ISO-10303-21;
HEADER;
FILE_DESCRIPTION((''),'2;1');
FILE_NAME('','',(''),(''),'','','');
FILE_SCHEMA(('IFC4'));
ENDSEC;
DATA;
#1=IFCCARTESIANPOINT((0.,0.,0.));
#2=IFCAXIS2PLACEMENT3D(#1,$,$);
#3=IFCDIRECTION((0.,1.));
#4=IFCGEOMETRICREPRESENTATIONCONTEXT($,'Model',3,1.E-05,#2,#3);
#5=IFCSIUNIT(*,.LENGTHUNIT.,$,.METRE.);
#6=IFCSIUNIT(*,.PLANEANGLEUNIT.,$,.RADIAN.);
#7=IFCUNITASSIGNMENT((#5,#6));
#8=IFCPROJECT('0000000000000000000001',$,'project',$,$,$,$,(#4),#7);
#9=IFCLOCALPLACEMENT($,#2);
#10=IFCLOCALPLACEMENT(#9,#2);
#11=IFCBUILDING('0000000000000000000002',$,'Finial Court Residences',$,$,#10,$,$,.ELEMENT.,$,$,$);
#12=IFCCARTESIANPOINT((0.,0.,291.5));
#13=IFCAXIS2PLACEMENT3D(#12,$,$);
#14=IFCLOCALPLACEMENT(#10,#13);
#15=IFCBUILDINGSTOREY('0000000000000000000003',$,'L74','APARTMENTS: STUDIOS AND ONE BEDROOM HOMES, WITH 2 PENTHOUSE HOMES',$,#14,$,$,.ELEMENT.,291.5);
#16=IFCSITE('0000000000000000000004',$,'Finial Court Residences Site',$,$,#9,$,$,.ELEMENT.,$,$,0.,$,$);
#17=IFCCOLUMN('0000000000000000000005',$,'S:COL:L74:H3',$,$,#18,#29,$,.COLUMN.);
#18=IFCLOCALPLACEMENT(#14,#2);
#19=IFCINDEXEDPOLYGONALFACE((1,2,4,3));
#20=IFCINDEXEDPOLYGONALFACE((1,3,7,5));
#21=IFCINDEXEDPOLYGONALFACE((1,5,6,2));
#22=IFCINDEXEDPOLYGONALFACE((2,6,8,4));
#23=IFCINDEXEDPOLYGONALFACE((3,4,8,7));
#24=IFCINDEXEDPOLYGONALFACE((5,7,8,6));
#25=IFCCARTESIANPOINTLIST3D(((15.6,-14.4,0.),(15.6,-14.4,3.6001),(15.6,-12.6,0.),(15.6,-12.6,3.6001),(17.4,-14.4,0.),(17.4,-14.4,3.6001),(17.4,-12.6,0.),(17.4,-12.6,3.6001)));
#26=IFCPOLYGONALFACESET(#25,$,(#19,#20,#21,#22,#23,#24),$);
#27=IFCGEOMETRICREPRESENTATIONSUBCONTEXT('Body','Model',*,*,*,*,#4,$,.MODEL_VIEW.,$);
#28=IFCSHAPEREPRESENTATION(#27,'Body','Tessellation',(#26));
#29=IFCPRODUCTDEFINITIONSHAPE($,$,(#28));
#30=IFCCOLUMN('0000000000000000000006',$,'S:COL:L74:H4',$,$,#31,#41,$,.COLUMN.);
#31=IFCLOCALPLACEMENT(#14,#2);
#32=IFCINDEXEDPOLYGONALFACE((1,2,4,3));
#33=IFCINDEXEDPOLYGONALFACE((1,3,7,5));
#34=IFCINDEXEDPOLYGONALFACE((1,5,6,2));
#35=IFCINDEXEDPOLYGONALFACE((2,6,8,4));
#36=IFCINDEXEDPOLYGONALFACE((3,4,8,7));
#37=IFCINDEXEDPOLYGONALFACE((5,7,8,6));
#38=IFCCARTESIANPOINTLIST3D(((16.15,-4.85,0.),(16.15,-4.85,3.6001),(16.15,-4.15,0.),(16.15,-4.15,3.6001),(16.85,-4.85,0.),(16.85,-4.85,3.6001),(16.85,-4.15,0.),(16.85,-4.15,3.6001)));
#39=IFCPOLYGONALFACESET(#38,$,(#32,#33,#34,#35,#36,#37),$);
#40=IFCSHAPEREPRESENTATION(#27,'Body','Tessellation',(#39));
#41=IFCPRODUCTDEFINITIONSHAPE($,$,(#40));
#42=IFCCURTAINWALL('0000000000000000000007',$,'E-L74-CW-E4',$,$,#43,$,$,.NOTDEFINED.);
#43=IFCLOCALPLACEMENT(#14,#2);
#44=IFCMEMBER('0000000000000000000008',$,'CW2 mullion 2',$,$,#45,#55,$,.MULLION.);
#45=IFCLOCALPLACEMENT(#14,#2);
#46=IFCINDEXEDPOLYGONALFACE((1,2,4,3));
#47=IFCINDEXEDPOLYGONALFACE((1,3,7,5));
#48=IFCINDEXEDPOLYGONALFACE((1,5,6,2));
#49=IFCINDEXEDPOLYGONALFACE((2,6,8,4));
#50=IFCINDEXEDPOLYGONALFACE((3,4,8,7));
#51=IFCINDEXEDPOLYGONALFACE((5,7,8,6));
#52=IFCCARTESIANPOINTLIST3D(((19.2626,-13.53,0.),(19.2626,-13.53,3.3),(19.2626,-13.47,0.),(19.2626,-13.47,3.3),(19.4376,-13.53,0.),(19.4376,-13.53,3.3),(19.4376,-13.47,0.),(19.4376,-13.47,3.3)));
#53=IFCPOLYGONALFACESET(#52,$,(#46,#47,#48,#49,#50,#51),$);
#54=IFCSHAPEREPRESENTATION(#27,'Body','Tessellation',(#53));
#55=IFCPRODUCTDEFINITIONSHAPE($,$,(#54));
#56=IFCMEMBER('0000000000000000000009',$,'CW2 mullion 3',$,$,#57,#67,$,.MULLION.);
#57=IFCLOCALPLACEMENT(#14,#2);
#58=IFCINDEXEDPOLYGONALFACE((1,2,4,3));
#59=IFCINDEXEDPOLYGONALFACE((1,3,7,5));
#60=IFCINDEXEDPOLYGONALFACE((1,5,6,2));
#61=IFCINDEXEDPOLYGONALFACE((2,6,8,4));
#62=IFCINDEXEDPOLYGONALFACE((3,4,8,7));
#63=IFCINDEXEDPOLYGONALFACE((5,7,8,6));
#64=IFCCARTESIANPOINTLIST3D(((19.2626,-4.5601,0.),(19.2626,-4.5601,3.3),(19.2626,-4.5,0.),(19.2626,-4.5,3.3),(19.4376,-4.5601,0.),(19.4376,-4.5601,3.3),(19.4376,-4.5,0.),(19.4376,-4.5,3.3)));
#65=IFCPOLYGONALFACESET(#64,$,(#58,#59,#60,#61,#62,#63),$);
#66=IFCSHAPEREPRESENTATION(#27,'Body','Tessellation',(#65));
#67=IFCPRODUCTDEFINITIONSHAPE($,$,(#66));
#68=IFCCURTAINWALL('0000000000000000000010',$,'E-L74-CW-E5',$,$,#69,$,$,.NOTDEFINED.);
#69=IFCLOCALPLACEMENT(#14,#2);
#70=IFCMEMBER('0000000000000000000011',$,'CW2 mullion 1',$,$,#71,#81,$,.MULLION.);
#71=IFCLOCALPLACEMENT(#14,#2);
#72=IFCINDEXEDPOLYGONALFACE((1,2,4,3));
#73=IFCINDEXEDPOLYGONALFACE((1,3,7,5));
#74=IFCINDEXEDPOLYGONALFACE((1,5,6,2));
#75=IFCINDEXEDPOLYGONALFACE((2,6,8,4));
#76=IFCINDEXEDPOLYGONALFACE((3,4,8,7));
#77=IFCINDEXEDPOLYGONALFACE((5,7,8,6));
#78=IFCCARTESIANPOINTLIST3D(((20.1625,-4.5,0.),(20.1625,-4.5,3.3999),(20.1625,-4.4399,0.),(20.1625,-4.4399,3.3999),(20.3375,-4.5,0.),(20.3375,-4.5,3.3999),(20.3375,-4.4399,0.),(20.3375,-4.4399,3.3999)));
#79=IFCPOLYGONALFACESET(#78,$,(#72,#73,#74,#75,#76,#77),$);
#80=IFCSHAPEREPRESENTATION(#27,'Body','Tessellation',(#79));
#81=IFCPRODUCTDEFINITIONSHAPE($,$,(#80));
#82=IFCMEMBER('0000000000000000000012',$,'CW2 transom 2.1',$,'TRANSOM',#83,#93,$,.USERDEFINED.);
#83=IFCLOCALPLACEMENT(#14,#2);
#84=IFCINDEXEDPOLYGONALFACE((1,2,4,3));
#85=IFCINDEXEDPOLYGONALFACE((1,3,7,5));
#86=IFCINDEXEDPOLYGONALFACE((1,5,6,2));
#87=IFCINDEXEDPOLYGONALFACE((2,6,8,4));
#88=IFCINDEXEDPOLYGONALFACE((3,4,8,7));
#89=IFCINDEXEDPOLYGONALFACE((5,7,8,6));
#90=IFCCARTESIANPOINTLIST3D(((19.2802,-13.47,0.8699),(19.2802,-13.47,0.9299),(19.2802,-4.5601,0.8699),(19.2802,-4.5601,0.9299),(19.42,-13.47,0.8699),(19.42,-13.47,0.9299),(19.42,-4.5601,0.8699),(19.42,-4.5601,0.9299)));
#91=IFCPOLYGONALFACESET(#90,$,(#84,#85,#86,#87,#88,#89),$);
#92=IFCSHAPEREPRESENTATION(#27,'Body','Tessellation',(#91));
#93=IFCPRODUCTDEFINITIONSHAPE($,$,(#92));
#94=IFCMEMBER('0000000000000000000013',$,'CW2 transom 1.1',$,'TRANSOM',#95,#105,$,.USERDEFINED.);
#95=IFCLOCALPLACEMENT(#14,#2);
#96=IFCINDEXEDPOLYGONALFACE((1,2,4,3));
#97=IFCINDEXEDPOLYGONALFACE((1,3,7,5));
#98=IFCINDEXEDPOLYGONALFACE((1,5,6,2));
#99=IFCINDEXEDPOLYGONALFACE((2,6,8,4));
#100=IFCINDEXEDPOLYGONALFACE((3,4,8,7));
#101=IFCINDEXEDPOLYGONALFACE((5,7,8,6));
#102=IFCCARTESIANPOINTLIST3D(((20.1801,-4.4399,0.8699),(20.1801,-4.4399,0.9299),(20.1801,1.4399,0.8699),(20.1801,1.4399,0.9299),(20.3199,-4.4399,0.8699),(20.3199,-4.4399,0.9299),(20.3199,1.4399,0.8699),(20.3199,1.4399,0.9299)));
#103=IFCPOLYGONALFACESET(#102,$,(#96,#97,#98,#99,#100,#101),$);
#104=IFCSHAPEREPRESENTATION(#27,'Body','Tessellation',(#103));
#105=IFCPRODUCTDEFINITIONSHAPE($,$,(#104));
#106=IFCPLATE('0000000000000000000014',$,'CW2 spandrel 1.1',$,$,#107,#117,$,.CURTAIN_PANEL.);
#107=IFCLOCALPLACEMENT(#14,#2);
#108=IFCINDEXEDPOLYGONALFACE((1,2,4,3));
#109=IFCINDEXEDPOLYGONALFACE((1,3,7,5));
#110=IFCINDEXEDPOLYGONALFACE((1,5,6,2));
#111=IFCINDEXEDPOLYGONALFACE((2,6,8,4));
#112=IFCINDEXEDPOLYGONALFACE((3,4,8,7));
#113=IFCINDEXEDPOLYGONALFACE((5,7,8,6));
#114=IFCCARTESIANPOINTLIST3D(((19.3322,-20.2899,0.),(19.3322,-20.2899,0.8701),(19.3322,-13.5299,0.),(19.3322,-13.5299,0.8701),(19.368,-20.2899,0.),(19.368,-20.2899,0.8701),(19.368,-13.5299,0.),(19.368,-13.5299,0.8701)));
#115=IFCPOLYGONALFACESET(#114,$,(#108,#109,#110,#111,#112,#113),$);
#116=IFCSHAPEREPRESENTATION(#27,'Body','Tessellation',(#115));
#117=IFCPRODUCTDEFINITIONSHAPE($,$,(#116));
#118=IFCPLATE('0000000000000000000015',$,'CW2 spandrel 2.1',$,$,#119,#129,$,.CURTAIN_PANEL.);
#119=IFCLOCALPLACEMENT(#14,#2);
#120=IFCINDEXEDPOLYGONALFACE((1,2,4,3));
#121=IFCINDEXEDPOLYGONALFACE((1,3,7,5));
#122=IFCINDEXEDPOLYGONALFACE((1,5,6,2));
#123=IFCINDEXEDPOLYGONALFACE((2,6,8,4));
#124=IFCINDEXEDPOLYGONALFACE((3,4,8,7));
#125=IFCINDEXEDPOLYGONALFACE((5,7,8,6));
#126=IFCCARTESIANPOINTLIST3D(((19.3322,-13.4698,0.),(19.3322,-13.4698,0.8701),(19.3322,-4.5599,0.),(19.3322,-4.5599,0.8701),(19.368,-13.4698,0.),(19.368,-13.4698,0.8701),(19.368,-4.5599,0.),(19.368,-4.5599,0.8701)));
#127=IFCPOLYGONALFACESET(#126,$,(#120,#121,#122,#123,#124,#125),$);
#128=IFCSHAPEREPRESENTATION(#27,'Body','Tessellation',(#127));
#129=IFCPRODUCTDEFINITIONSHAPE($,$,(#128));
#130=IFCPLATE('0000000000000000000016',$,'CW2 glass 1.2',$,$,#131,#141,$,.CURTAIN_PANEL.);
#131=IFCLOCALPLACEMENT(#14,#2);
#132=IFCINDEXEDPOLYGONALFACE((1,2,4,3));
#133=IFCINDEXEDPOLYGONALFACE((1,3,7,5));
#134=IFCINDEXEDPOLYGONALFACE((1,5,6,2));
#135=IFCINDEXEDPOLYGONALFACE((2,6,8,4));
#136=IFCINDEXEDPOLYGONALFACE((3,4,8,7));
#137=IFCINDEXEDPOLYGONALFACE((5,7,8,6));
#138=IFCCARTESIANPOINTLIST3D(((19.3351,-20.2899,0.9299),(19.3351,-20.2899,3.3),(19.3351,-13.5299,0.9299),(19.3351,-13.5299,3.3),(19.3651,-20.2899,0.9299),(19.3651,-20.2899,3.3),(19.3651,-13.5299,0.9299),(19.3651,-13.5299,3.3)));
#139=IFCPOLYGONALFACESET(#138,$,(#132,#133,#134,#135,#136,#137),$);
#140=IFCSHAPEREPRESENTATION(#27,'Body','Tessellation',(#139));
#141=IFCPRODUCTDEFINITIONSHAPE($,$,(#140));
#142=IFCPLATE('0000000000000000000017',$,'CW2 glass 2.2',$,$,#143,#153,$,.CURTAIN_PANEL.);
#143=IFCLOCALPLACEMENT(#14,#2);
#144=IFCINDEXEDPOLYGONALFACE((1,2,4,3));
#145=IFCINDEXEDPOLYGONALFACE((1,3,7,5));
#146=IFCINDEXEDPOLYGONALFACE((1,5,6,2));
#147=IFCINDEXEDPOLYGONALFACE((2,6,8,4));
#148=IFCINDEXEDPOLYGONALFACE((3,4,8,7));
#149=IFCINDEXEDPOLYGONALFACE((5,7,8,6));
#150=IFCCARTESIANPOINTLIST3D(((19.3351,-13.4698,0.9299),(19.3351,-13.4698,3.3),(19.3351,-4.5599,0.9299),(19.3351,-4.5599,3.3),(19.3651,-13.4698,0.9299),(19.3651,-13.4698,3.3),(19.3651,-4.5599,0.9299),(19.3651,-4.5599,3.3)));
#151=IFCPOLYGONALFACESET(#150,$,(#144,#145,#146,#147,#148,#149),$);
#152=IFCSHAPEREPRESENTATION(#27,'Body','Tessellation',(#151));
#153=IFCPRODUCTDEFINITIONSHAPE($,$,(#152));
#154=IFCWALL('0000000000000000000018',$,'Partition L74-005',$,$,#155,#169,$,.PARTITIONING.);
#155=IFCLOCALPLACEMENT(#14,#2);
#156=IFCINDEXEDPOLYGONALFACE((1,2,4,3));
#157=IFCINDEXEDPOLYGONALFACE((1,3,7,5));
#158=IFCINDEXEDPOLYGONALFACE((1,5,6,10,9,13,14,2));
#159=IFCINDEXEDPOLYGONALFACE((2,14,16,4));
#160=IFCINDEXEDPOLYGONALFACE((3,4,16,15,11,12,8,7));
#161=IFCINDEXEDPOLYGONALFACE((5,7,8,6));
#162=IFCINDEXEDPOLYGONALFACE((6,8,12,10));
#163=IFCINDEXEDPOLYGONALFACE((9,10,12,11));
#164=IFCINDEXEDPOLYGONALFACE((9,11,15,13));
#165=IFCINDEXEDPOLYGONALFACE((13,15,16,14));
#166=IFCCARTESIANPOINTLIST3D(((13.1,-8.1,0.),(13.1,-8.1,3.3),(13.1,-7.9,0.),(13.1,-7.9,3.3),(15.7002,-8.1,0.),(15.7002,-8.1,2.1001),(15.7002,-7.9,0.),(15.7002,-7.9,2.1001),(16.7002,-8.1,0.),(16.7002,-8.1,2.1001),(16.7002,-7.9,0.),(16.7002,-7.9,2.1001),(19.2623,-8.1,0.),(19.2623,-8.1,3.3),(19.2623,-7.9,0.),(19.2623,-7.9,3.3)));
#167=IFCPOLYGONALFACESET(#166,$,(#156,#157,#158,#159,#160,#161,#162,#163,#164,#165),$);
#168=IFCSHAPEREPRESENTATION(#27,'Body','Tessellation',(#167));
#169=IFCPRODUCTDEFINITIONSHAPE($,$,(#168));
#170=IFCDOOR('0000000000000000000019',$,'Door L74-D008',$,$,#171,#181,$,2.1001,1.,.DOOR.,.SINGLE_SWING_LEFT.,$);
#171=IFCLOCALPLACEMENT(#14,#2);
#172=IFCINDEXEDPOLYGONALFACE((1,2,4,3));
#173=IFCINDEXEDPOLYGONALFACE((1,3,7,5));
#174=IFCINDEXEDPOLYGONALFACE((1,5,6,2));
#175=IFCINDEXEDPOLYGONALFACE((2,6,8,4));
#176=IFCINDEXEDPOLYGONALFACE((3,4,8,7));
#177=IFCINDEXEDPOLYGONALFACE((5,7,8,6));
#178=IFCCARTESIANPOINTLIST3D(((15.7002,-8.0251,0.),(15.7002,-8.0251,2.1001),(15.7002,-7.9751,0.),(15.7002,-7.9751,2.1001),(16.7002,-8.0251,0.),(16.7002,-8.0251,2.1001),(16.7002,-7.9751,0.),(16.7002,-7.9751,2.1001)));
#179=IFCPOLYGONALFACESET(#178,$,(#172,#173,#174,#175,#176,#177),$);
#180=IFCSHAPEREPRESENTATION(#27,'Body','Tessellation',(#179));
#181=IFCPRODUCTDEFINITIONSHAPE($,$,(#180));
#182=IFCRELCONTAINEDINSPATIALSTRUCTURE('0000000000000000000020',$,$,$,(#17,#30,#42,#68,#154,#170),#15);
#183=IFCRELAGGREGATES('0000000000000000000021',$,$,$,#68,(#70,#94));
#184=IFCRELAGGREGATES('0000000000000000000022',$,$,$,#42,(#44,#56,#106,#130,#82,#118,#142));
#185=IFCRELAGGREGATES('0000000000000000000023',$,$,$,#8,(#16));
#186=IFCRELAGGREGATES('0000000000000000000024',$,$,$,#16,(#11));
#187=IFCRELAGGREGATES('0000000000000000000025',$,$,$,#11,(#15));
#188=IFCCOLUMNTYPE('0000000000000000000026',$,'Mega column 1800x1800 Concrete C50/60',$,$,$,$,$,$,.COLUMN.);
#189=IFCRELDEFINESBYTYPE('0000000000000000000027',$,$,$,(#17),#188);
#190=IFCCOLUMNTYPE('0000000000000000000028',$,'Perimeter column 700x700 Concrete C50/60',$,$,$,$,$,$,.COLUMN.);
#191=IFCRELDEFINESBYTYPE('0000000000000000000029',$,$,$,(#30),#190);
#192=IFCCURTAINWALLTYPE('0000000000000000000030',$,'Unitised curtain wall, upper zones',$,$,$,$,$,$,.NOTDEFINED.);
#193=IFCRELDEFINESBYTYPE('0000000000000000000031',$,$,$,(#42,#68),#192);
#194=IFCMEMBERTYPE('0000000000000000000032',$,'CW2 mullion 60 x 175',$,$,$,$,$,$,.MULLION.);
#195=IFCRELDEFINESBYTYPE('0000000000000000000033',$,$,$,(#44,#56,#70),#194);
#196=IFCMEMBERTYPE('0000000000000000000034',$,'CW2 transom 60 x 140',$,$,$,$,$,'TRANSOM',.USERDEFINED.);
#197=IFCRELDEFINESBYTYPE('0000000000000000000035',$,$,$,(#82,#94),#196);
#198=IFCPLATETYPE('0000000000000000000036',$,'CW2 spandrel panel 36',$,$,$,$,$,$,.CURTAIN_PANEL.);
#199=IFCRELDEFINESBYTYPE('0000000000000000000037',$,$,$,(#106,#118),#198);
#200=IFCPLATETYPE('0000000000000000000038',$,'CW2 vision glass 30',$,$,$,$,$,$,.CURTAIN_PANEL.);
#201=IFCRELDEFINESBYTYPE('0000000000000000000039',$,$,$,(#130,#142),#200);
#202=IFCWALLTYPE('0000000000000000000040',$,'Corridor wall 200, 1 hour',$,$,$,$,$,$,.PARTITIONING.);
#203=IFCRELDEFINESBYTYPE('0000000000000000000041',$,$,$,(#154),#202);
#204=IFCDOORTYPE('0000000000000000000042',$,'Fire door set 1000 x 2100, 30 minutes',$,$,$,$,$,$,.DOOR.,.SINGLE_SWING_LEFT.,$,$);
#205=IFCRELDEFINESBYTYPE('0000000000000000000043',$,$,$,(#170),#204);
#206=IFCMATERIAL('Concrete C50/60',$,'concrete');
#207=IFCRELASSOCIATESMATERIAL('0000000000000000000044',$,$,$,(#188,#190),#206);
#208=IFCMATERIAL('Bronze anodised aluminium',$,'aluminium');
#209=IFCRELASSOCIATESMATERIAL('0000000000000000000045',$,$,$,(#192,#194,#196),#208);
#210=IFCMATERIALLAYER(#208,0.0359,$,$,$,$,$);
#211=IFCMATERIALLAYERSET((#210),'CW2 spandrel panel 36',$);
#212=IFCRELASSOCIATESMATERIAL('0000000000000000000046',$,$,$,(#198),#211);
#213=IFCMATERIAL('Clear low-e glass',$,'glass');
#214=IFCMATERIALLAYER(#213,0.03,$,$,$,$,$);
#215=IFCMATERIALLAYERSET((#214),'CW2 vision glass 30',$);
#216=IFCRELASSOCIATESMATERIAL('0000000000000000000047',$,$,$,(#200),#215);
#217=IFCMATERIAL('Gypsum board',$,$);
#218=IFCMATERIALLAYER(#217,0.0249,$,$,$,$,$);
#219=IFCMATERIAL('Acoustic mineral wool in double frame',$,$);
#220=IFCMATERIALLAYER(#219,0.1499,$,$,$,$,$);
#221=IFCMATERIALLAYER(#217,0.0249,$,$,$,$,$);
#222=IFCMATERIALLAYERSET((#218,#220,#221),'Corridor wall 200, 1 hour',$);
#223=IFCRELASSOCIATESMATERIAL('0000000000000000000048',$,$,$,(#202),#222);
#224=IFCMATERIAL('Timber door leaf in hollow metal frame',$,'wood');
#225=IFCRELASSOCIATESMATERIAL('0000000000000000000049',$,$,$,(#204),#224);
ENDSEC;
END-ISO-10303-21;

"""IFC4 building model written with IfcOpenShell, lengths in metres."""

from ifc_helpers import new_model, si_unit, direction, frame, frame_2d, origin, origin_2d, place, context, subcontext, project, spatial, rectangle, extrude, material, layer, layer_set, material_profile, profile_set, type_object, element, fill, aggregate, save


model = new_model("IFC4")

# Units and contexts
model_context = context("Model", 3, precision=1e-05, world=origin(), true_north=direction((0.0, 1.0)))
body_context = subcontext(model_context, "Body", "Model", "MODEL_VIEW")
ifc_project = project(units=[si_unit("LENGTHUNIT", "METRE"), si_unit("PLANEANGLEUNIT", "RADIAN")], contexts=[model_context])

# Site, building, storey
site_placement = place(None, origin())
site = spatial("IfcSite", under=ifc_project, at=site_placement, Name="Finial Court Residences Site", CompositionType="ELEMENT", RefElevation=0.0)
building_placement = place(site_placement, origin())
building = spatial("IfcBuilding", under=site, at=building_placement, Name="Finial Court Residences", CompositionType="ELEMENT")
storey_placement = place(building_placement, frame((0.0, 0.0, 291.5)))
storey = spatial("IfcBuildingStorey", under=building, at=storey_placement, Name="L74", Description="APARTMENTS: STUDIOS AND ONE BEDROOM HOMES, WITH 2 PENTHOUSE HOMES", CompositionType="ELEMENT", Elevation=291.5)

# Columns
ifc_material_1 = material(Name="Concrete C50/60", Category="concrete")
ifc_material_profile_1 = material_profile(ifc_material_1, rectangle(XDim=1.8, YDim=1.8, at=origin_2d()), Name="1800x1800")
ifc_profile_set_1 = profile_set([ifc_material_profile_1], Name="Concrete C50/60")
column_type_1 = type_object("IfcColumnType", Name="Mega column 1800x1800 Concrete C50/60", PredefinedType="COLUMN", material=ifc_profile_set_1)
column_1_placement = place(storey_placement, frame((16.5, -13.5, 0.0), z_axis=(0.0, 0.0, 1.0), x_axis=(1.0, 0.0, 0.0)))
element("IfcColumn", 1, at=column_1_placement, inside=storey, type_object=column_type_1, Name="S:COL:L74:H3", PredefinedType="COLUMN", context=body_context, shape_type="SweptSolid", body=[
    extrude(rectangle(XDim=1.8, YDim=1.8, at=origin_2d()), origin(), (0.0, 0.0, 1.0), 3.6001),
])
ifc_material_profile_2 = material_profile(ifc_material_1, rectangle(XDim=0.7, YDim=0.7, at=origin_2d()), Name="700x700")
ifc_profile_set_2 = profile_set([ifc_material_profile_2], Name="Concrete C50/60")
column_type_2 = type_object("IfcColumnType", Name="Perimeter column 700x700 Concrete C50/60", PredefinedType="COLUMN", material=ifc_profile_set_2)
column_2_placement = place(storey_placement, frame((16.5, -4.5, 0.0), z_axis=(0.0, 0.0, 1.0), x_axis=(1.0, 0.0, 0.0)))
element("IfcColumn", 2, at=column_2_placement, inside=storey, type_object=column_type_2, Name="S:COL:L74:H4", PredefinedType="COLUMN", context=body_context, shape_type="SweptSolid", body=[
    extrude(rectangle(XDim=0.7, YDim=0.7, at=origin_2d()), origin(), (0.0, 0.0, 1.0), 3.6001),
])

# Curtain wall, members
ifc_material_2 = material(Name="Bronze anodised aluminium", Category="aluminium")
curtain_wall_type = type_object("IfcCurtainWallType", Name="Unitised curtain wall, upper zones", PredefinedType="NOTDEFINED", material=ifc_material_2)
curtain_wall_1_placement = place(storey_placement, origin())
curtain_wall_1 = element("IfcCurtainWall", 3, at=curtain_wall_1_placement, inside=storey, type_object=curtain_wall_type, Name="E-L74-CW-E4", PredefinedType="NOTDEFINED")
ifc_material_profile_3 = material_profile(ifc_material_2, rectangle(XDim=0.175, YDim=0.0601, at=origin_2d()), Name="CW2 mullion 60 x 175")
ifc_profile_set_3 = profile_set([ifc_material_profile_3], Name="Bronze anodised aluminium")
member_type_1 = type_object("IfcMemberType", Name="CW2 mullion 60 x 175", PredefinedType="MULLION", material=ifc_profile_set_3)
member_1_placement = place(storey_placement, frame((19.3501, -13.5, 0.0), z_axis=(0.0, 0.0, 1.0), x_axis=(-1.0, 0.0, 0.0)))
member_1 = element("IfcMember", 4, at=member_1_placement, type_object=member_type_1, Name="CW2 mullion 2", PredefinedType="MULLION", context=body_context, shape_type="SweptSolid", body=[
    extrude(rectangle(XDim=0.175, YDim=0.0601, at=origin_2d()), origin(), (0.0, 0.0, 1.0), 3.3),
])
member_2_placement = place(storey_placement, frame((19.3501, -4.53, 0.0), z_axis=(0.0, 0.0, 1.0), x_axis=(-1.0, 0.0, 0.0)))
member_2 = element("IfcMember", 5, at=member_2_placement, type_object=member_type_1, Name="CW2 mullion 3", PredefinedType="MULLION", context=body_context, shape_type="SweptSolid", body=[
    extrude(rectangle(XDim=0.175, YDim=0.0601, at=origin_2d()), origin(), (0.0, 0.0, 1.0), 3.3),
])

# Curtain wall, member
curtain_wall_2_placement = place(storey_placement, origin())
curtain_wall_2 = element("IfcCurtainWall", 6, at=curtain_wall_2_placement, inside=storey, type_object=curtain_wall_type, Name="E-L74-CW-E5", PredefinedType="NOTDEFINED")
member_3_placement = place(storey_placement, frame((20.25, -4.47, 0.0), z_axis=(0.0, 0.0, 1.0), x_axis=(-1.0, 0.0, 0.0)))
member_3 = element("IfcMember", 7, at=member_3_placement, type_object=member_type_1, Name="CW2 mullion 1", PredefinedType="MULLION", context=body_context, shape_type="SweptSolid", body=[
    extrude(rectangle(XDim=0.175, YDim=0.0601, at=origin_2d()), origin(), (0.0, 0.0, 1.0), 3.3999),
])

# Members
ifc_material_profile_4 = material_profile(ifc_material_2, rectangle(XDim=0.1399, YDim=0.0601, at=origin_2d()), Name="CW2 transom 60 x 140")
ifc_profile_set_4 = profile_set([ifc_material_profile_4], Name="Bronze anodised aluminium")
member_type_2 = type_object("IfcMemberType", Name="CW2 transom 60 x 140", ElementType="TRANSOM", PredefinedType="USERDEFINED", material=ifc_profile_set_4)
member_4_placement = place(storey_placement, frame((19.3501, -13.47, 0.8999), z_axis=(0.0, 1.0, 0.0), x_axis=(-1.0, 0.0, 0.0)))
member_4 = element("IfcMember", 8, at=member_4_placement, type_object=member_type_2, Name="CW2 transom 2.1", ObjectType="TRANSOM", PredefinedType="USERDEFINED", context=body_context, shape_type="SweptSolid", body=[
    extrude(rectangle(XDim=0.1399, YDim=0.0601, at=origin_2d()), origin(), (0.0, 0.0, 1.0), 8.9099),
])
member_5_placement = place(storey_placement, frame((20.25, -4.4399, 0.8999), z_axis=(0.0, 1.0, 0.0), x_axis=(-1.0, 0.0, 0.0)))
member_5 = element("IfcMember", 9, at=member_5_placement, type_object=member_type_2, Name="CW2 transom 1.1", ObjectType="TRANSOM", PredefinedType="USERDEFINED", context=body_context, shape_type="SweptSolid", body=[
    extrude(rectangle(XDim=0.1399, YDim=0.0601, at=origin_2d()), origin(), (0.0, 0.0, 1.0), 5.8799),
])
aggregate(curtain_wall_2, [member_3, member_5])

# Plates
ifc_layer_1 = layer(ifc_material_2, 0.0359)
ifc_layer_set_1 = layer_set([ifc_layer_1], Name="CW2 spandrel panel 36")
plate_type_1 = type_object("IfcPlateType", Name="CW2 spandrel panel 36", PredefinedType="CURTAIN_PANEL", material=ifc_layer_set_1)
plate_1_placement = place(storey_placement, frame((19.3501, -16.9099, 0.0), z_axis=(0.0, 0.0, 1.0), x_axis=(0.0, 1.0, 0.0)))
plate_1 = element("IfcPlate", 10, at=plate_1_placement, type_object=plate_type_1, Name="CW2 spandrel 1.1", PredefinedType="CURTAIN_PANEL", context=body_context, shape_type="SweptSolid", body=[
    extrude(rectangle(XDim=6.76, YDim=0.0359, at=origin_2d()), origin(), (0.0, 0.0, 1.0), 0.8701),
])
plate_2_placement = place(storey_placement, frame((19.3501, -9.0149, 0.0), z_axis=(0.0, 0.0, 1.0), x_axis=(0.0, 1.0, 0.0)))
plate_2 = element("IfcPlate", 11, at=plate_2_placement, type_object=plate_type_1, Name="CW2 spandrel 2.1", PredefinedType="CURTAIN_PANEL", context=body_context, shape_type="SweptSolid", body=[
    extrude(rectangle(XDim=8.9099, YDim=0.0359, at=origin_2d()), origin(), (0.0, 0.0, 1.0), 0.8701),
])
ifc_material_3 = material(Name="Clear low-e glass", Category="glass")
ifc_layer_2 = layer(ifc_material_3, 0.03)
ifc_layer_set_2 = layer_set([ifc_layer_2], Name="CW2 vision glass 30")
plate_type_2 = type_object("IfcPlateType", Name="CW2 vision glass 30", PredefinedType="CURTAIN_PANEL", material=ifc_layer_set_2)
plate_3_placement = place(storey_placement, frame((19.3501, -16.9099, 0.9299), z_axis=(0.0, 0.0, 1.0), x_axis=(0.0, 1.0, 0.0)))
plate_3 = element("IfcPlate", 12, at=plate_3_placement, type_object=plate_type_2, Name="CW2 glass 1.2", PredefinedType="CURTAIN_PANEL", context=body_context, shape_type="SweptSolid", body=[
    extrude(rectangle(XDim=6.76, YDim=0.03, at=origin_2d()), origin(), (0.0, 0.0, 1.0), 2.3701),
])
plate_4_placement = place(storey_placement, frame((19.3501, -9.0149, 0.9299), z_axis=(0.0, 0.0, 1.0), x_axis=(0.0, 1.0, 0.0)))
plate_4 = element("IfcPlate", 13, at=plate_4_placement, type_object=plate_type_2, Name="CW2 glass 2.2", PredefinedType="CURTAIN_PANEL", context=body_context, shape_type="SweptSolid", body=[
    extrude(rectangle(XDim=8.9099, YDim=0.03, at=origin_2d()), origin(), (0.0, 0.0, 1.0), 2.3701),
])
aggregate(curtain_wall_1, [member_1, member_2, plate_1, plate_3, member_4, plate_2, plate_4])

# Wall, opening, door
ifc_material_4 = material(Name="Gypsum board")
ifc_layer_3 = layer(ifc_material_4, 0.0249)
ifc_material_5 = material(Name="Acoustic mineral wool in double frame")
ifc_layer_4 = layer(ifc_material_5, 0.1499)
ifc_layer_5 = layer(ifc_material_4, 0.0249)
ifc_layer_set_3 = layer_set([ifc_layer_3, ifc_layer_4, ifc_layer_5], Name="Corridor wall 200, 1 hour")
wall_type_1 = type_object("IfcWallType", Name="Corridor wall 200, 1 hour", PredefinedType="PARTITIONING", material=ifc_layer_set_3)
wall_1_placement = place(storey_placement, frame((13.1001, -8.0, 0.0), z_axis=(0.0, 0.0, 1.0), x_axis=(1.0, 0.0, 0.0)))
wall_1 = element("IfcWall", 14, at=wall_1_placement, inside=storey, type_object=wall_type_1, Name="Partition L74-005", PredefinedType="PARTITIONING", context=body_context, shape_type="SweptSolid", body=[
    extrude(rectangle(XDim=6.1624, YDim=0.2, at=frame_2d((3.0811, 0.0))), origin(), (0.0, 0.0, 1.0), 3.3),
])
opening_1_placement = place(wall_1_placement, frame((2.6001, 0.0, 0.0)))
opening_1 = element("IfcOpeningElement", 15, at=opening_1_placement, cuts=wall_1, PredefinedType="OPENING", context=body_context, shape_type="SweptSolid", body=[
    extrude(rectangle(XDim=1.0, YDim=2.1001, at=frame_2d((0.5, 1.05))), frame((0.0, 0.1099, 0.0), z_axis=(0.0, -1.0, 0.0), x_axis=(1.0, 0.0, 0.0)), (0.0, 0.0, 1.0), 0.22),
])
ifc_material_6 = material(Name="Timber door leaf in hollow metal frame", Category="wood")
door_type_1 = type_object("IfcDoorType", Name="Fire door set 1000 x 2100, 30 minutes", OperationType="SINGLE_SWING_LEFT", PredefinedType="DOOR", material=ifc_material_6)
door_1_placement = place(opening_1_placement, origin())
door_1 = element("IfcDoor", 16, at=door_1_placement, inside=storey, type_object=door_type_1, Name="Door L74-D008", OperationType="SINGLE_SWING_LEFT", OverallHeight=2.1001, OverallWidth=1.0, PredefinedType="DOOR", context=body_context, shape_type="SweptSolid", body=[
    extrude(rectangle(XDim=1.0, YDim=2.1001, at=frame_2d((0.5, 1.05))), frame((0.0, 0.0249, 0.0), z_axis=(0.0, -1.0, 0.0), x_axis=(1.0, 0.0, 0.0)), (0.0, 0.0, 1.0), 0.05),
])
fill(opening_1, door_1)

save(model, "model.ifc")
